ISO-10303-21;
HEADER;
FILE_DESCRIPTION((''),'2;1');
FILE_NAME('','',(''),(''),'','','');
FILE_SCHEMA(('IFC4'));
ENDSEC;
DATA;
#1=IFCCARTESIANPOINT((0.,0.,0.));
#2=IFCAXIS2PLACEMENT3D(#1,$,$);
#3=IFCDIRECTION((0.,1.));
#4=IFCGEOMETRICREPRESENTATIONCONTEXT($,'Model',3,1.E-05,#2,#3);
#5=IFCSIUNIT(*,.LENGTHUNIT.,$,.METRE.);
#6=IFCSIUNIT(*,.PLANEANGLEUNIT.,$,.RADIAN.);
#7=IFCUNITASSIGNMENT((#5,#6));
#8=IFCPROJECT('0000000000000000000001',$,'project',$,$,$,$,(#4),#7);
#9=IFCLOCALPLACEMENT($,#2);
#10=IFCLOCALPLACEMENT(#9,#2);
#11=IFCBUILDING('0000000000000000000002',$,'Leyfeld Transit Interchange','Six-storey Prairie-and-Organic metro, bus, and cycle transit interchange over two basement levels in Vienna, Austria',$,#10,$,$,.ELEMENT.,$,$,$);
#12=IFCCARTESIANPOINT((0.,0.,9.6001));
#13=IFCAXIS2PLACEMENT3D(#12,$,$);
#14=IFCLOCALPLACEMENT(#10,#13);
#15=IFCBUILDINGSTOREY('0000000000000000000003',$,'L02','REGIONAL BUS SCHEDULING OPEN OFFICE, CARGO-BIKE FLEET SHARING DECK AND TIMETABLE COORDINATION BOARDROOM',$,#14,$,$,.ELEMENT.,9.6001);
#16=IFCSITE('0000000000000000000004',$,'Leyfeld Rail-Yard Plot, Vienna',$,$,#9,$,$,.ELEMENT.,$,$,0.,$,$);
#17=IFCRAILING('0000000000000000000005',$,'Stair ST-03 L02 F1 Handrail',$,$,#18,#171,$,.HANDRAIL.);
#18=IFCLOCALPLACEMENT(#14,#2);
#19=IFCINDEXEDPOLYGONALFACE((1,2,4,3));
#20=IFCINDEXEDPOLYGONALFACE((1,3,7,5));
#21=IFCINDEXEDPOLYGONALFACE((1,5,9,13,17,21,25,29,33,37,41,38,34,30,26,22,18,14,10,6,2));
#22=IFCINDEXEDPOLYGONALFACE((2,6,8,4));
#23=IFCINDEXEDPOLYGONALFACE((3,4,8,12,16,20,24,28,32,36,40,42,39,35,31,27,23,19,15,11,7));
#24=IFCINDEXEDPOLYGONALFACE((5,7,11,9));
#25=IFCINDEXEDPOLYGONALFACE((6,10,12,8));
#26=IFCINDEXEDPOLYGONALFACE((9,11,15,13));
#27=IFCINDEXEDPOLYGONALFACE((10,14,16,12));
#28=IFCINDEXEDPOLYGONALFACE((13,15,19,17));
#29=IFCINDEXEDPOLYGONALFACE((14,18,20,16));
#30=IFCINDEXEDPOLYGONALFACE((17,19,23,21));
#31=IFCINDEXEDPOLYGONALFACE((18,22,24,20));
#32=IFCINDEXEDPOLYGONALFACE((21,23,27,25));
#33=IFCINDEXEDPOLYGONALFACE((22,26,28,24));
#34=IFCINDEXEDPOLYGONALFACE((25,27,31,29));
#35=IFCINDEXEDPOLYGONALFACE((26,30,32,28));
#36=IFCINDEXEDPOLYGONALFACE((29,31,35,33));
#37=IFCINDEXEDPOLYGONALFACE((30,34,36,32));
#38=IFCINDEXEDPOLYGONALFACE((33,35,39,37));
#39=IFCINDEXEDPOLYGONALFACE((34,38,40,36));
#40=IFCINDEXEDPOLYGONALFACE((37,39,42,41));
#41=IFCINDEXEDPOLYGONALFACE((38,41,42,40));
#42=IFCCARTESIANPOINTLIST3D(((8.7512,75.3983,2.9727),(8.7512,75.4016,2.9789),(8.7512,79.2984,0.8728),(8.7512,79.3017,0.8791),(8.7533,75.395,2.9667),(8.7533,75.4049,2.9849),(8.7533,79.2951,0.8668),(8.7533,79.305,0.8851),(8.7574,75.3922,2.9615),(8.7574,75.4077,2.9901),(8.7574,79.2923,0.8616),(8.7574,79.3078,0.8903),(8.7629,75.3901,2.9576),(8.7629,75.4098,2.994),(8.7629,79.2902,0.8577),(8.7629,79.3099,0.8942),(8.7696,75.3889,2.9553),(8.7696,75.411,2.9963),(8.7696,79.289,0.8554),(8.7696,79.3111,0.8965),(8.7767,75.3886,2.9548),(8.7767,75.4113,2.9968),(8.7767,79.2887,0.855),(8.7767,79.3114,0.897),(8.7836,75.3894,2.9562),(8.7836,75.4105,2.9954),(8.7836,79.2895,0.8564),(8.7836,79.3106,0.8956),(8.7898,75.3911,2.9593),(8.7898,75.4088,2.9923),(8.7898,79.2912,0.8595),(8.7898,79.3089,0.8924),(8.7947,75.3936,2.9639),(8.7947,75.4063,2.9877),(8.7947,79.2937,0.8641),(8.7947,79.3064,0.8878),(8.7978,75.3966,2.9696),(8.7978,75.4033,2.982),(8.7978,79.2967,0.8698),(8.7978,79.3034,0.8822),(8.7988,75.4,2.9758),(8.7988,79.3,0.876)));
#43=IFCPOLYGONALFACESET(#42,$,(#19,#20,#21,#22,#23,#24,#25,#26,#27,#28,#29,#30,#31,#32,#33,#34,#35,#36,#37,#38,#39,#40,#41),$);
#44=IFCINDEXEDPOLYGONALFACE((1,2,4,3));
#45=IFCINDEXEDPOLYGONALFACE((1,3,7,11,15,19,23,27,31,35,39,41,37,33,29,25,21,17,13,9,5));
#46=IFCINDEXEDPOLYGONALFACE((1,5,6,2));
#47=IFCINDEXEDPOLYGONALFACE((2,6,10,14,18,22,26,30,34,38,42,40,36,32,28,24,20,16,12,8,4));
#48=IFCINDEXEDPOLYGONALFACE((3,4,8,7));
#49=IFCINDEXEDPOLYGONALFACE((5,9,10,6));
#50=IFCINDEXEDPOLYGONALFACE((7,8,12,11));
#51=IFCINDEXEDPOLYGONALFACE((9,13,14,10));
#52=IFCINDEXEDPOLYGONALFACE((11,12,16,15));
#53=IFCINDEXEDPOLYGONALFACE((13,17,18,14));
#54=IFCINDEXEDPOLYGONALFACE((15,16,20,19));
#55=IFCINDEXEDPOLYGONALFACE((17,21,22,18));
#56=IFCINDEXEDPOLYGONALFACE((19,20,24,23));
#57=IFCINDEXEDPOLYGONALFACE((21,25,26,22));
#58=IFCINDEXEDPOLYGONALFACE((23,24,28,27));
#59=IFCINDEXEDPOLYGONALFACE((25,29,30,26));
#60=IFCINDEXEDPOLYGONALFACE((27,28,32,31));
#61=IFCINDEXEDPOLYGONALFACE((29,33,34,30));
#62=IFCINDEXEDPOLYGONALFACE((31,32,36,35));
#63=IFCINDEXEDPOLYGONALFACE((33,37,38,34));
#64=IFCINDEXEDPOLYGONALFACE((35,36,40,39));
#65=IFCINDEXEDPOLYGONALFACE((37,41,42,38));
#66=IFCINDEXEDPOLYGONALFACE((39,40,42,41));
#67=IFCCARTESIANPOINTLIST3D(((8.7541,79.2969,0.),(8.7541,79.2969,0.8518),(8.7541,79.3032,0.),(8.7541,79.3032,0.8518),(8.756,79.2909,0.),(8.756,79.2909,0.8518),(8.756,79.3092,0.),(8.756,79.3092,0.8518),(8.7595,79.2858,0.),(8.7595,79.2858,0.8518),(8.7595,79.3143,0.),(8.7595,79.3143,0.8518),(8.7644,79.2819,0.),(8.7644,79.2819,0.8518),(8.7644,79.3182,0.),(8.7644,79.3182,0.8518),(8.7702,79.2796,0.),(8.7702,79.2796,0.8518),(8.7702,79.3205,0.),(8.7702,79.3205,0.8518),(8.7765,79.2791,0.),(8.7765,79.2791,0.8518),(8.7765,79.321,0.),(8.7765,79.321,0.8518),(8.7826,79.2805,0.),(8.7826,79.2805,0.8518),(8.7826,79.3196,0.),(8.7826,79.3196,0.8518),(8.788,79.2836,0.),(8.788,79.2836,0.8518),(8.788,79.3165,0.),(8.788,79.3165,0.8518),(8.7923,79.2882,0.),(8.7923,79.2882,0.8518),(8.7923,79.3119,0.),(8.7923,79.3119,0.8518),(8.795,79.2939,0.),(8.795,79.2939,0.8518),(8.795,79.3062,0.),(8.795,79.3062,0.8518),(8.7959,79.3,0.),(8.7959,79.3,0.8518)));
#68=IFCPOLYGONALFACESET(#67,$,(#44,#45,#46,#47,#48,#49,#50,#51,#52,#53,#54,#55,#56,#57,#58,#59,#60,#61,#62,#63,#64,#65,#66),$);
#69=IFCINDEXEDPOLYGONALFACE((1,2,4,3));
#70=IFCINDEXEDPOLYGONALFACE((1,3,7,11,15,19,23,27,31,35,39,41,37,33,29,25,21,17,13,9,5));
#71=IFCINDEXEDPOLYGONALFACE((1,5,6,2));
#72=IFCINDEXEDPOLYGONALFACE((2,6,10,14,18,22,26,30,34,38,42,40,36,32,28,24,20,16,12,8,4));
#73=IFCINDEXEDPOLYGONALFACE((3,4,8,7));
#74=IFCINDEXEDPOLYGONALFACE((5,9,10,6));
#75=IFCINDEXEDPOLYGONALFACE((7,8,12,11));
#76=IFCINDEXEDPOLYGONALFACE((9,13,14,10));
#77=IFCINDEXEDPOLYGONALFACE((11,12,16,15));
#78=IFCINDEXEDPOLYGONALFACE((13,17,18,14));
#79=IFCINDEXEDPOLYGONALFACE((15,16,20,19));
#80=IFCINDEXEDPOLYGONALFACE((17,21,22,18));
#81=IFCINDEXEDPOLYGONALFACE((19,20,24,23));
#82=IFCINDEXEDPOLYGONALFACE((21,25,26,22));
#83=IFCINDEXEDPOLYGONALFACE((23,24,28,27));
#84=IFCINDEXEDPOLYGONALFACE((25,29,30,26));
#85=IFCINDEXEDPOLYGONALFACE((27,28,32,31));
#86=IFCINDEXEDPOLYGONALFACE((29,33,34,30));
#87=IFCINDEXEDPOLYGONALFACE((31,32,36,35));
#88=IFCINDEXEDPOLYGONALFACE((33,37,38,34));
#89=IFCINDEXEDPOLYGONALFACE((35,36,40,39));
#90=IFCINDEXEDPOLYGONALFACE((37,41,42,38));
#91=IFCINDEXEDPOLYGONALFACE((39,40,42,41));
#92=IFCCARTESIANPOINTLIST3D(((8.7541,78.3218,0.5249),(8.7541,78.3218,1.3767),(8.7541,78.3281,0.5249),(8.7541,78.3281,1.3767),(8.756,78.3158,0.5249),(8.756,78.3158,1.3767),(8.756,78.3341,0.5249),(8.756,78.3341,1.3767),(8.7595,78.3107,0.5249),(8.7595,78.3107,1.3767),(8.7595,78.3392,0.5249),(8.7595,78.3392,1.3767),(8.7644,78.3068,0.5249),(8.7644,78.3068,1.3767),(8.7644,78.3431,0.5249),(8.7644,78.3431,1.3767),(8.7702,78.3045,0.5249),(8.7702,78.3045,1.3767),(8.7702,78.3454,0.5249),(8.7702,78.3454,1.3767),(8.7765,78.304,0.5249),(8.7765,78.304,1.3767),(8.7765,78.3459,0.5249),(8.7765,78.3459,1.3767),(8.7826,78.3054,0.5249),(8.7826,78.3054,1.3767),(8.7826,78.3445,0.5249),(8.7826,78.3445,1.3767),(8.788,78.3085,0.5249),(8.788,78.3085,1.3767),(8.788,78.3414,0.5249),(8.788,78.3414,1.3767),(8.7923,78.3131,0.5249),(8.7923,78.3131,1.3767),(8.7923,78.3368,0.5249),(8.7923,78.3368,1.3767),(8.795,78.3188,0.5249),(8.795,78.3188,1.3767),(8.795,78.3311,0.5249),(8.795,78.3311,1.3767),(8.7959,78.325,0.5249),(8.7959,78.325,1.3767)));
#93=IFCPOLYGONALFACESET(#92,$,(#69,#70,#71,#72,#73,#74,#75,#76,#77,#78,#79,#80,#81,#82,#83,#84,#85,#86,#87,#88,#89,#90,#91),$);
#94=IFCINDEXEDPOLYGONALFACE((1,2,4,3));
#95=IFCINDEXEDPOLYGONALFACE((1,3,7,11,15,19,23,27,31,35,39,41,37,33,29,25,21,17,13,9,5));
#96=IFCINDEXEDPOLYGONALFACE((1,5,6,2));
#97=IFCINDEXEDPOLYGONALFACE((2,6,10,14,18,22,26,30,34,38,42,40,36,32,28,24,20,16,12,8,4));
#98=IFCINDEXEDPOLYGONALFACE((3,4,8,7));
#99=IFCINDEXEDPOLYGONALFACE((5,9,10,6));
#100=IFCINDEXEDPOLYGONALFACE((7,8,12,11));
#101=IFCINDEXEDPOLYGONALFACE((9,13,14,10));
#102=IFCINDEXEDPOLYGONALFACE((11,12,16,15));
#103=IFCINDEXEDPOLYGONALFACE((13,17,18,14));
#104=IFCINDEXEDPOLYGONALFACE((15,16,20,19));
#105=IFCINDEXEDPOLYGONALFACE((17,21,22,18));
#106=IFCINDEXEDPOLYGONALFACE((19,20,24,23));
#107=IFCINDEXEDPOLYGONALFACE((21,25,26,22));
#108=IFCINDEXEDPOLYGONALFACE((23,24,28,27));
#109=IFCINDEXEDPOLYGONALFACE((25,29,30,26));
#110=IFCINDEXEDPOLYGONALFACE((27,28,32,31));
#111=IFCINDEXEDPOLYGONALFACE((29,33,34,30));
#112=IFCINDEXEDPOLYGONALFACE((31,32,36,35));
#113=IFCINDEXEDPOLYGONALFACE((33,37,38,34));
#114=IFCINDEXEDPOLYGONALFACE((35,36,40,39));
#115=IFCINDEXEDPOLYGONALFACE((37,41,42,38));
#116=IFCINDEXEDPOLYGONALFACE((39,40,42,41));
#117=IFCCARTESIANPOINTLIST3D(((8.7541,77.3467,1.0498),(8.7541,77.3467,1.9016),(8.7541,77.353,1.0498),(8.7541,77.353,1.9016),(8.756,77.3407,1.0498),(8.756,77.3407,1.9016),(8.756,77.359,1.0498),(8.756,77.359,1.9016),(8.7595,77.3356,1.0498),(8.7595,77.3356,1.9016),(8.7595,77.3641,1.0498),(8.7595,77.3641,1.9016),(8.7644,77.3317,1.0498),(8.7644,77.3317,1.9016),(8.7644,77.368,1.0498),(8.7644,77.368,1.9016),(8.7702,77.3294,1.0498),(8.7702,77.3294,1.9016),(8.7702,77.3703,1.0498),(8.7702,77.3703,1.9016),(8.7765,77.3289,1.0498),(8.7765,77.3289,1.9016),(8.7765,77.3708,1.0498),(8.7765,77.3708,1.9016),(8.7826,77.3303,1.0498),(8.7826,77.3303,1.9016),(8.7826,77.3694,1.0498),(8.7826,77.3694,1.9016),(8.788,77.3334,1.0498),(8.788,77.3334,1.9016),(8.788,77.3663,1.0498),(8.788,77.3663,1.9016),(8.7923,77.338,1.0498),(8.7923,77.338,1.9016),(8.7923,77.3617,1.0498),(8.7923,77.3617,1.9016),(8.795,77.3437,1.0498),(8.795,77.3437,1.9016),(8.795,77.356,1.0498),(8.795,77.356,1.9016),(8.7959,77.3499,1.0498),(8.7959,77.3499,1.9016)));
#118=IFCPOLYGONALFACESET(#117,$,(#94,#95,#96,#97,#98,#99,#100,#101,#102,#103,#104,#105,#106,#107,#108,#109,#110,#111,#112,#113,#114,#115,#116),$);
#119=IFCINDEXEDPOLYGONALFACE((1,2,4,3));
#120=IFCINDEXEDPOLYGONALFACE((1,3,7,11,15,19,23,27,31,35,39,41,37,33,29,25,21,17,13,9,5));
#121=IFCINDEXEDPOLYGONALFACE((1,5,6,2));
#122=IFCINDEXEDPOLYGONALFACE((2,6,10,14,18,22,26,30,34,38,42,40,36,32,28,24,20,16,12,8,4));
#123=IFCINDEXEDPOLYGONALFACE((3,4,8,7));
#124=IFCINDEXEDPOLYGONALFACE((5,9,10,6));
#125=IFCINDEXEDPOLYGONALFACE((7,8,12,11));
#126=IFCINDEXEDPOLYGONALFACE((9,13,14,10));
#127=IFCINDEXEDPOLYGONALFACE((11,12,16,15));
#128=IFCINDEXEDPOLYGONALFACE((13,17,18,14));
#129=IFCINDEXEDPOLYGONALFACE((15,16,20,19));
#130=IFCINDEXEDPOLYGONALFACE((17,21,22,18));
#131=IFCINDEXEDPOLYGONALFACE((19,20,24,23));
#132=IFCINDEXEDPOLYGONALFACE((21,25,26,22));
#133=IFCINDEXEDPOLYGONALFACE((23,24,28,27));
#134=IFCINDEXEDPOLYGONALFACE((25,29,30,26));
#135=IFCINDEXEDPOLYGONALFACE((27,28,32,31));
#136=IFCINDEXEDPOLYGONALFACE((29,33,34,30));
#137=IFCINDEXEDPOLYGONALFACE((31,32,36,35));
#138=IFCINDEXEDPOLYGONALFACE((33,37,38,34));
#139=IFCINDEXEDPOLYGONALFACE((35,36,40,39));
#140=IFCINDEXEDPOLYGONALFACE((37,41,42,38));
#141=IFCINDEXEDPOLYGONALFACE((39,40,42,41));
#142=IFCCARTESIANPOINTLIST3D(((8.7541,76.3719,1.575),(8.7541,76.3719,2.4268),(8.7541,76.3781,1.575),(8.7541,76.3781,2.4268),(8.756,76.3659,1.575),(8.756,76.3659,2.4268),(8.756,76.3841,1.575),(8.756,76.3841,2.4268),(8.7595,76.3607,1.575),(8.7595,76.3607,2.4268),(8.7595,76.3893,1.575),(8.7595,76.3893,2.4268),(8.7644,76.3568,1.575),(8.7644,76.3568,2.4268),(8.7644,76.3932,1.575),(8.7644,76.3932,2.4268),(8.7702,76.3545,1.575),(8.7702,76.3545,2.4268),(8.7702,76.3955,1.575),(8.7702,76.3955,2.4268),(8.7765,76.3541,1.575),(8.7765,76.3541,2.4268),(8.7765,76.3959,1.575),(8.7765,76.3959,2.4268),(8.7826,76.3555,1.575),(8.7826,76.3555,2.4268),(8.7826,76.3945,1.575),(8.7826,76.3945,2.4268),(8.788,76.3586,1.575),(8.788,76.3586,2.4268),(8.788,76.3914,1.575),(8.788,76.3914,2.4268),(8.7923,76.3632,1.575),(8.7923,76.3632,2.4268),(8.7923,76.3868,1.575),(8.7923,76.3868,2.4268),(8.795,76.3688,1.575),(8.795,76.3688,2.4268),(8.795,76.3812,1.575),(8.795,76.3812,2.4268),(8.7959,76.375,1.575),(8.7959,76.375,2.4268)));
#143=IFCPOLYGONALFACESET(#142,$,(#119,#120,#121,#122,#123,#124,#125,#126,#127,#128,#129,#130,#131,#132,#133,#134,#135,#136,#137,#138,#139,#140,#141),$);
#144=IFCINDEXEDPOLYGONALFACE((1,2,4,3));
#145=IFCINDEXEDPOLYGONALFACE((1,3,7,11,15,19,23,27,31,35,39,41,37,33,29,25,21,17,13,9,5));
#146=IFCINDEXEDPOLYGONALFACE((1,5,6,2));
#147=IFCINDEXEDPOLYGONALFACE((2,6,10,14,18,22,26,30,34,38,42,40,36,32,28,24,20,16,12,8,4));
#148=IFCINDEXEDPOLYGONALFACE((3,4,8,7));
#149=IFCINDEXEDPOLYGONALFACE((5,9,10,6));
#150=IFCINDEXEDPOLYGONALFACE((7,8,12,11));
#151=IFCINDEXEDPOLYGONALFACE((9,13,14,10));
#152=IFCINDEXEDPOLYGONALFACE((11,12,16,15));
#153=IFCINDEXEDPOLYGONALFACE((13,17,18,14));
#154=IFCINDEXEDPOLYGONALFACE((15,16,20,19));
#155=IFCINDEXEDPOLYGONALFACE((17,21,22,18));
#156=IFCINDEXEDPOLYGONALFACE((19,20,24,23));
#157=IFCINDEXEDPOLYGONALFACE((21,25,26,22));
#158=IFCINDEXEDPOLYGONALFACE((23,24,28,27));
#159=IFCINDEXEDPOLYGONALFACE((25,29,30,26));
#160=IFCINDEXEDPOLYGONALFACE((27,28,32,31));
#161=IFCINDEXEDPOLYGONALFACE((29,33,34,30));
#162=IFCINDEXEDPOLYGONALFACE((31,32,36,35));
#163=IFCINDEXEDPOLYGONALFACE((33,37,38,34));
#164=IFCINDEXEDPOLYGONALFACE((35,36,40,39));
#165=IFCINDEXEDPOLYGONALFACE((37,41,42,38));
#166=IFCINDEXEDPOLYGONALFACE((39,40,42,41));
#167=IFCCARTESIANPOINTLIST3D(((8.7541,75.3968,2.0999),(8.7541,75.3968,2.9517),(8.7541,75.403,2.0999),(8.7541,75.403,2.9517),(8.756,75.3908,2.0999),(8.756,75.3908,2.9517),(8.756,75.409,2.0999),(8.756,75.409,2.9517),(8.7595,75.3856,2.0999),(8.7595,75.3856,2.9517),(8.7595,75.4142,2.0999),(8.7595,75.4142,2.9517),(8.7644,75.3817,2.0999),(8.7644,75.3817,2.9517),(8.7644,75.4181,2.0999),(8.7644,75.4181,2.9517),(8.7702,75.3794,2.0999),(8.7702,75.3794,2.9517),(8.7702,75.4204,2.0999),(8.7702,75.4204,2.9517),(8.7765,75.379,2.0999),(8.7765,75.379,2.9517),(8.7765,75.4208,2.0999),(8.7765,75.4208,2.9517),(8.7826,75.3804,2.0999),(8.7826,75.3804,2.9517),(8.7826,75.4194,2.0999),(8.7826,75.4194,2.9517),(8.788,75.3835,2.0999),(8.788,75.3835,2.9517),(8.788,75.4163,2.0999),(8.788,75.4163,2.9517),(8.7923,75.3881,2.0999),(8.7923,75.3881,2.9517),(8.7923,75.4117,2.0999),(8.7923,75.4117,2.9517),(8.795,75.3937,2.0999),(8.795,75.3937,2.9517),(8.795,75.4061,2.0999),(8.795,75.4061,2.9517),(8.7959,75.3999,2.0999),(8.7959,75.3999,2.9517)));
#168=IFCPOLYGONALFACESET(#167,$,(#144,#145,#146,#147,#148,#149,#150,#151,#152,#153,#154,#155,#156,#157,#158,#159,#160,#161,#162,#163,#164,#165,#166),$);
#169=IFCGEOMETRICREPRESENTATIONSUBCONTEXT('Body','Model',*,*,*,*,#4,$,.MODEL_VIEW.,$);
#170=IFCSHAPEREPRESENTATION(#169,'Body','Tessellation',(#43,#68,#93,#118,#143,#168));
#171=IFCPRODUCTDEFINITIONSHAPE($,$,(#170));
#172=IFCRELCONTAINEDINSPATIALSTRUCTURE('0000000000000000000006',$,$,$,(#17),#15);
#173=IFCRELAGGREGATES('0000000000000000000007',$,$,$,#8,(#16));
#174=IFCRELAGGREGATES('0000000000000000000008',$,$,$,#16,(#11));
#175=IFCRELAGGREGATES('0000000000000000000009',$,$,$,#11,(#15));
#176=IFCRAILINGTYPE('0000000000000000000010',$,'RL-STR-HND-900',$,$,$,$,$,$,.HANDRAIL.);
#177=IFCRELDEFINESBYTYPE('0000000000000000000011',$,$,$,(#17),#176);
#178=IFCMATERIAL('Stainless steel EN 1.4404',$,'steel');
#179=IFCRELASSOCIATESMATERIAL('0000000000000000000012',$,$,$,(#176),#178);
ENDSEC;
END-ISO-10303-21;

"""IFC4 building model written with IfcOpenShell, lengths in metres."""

from ifc_helpers import new_model, si_unit, direction, frame, origin, origin_2d, place, context, subcontext, project, spatial, circle, extrude, material, type_object, element, save


model = new_model("IFC4")

# Units and contexts
model_context = context("Model", 3, precision=1e-05, world=origin(), true_north=direction((0.0, 1.0)))
body_context = subcontext(model_context, "Body", "Model", "MODEL_VIEW")
ifc_project = project(units=[si_unit("LENGTHUNIT", "METRE"), si_unit("PLANEANGLEUNIT", "RADIAN")], contexts=[model_context])

# Site, building, storey
site_placement = place(None, origin())
site = spatial("IfcSite", under=ifc_project, at=site_placement, Name="Leyfeld Rail-Yard Plot, Vienna", CompositionType="ELEMENT", RefElevation=0.0)
building_placement = place(site_placement, origin())
building = spatial("IfcBuilding", under=site, at=building_placement, Name="Leyfeld Transit Interchange", Description="Six-storey Prairie-and-Organic metro, bus, and cycle transit interchange over two basement levels in Vienna, Austria", CompositionType="ELEMENT")
storey_placement = place(building_placement, frame((0.0, 0.0, 9.6001)))
storey = spatial("IfcBuildingStorey", under=building, at=storey_placement, Name="L02", Description="REGIONAL BUS SCHEDULING OPEN OFFICE, CARGO-BIKE FLEET SHARING DECK AND TIMETABLE COORDINATION BOARDROOM", CompositionType="ELEMENT", Elevation=9.6001)

# Shared definitions
ifc_material_1 = material(Name="Stainless steel EN 1.4404", Category="steel")

# Railing
railing_type_1 = type_object("IfcRailingType", Name="RL-STR-HND-900", PredefinedType="HANDRAIL", material=ifc_material_1)
railing_1_placement = place(storey_placement, frame((8.7749, 79.3, 0.0)))
element("IfcRailing", 1, at=railing_1_placement, inside=storey, type_object=railing_type_1, Name="Stair ST-03 L02 F1 Handrail", PredefinedType="HANDRAIL", context=body_context, shape_type="SweptSolid", body=[
    extrude(circle(Radius=0.0239, at=origin_2d()), frame((0.0, 0.0, 0.876), z_axis=(0.0, -0.880492, 0.47406), x_axis=(1.0, 0.0, 0.0)), (0.0, 0.0, 1.0), 4.4294),
    extrude(circle(Radius=0.021, at=origin_2d()), origin(), (0.0, 0.0, 1.0), 0.8518),
    extrude(circle(Radius=0.021, at=origin_2d()), frame((0.0, -0.9751, 0.5249)), (0.0, 0.0, 1.0), 0.8518),
    extrude(circle(Radius=0.021, at=origin_2d()), frame((0.0, -1.9502, 1.0498)), (0.0, 0.0, 1.0), 0.8518),
    extrude(circle(Radius=0.021, at=origin_2d()), frame((0.0, -2.925, 1.575)), (0.0, 0.0, 1.0), 0.8518),
    extrude(circle(Radius=0.021, at=origin_2d()), frame((0.0, -3.9001, 2.0999)), (0.0, 0.0, 1.0), 0.8518),
])

save(model, "model.ifc")
